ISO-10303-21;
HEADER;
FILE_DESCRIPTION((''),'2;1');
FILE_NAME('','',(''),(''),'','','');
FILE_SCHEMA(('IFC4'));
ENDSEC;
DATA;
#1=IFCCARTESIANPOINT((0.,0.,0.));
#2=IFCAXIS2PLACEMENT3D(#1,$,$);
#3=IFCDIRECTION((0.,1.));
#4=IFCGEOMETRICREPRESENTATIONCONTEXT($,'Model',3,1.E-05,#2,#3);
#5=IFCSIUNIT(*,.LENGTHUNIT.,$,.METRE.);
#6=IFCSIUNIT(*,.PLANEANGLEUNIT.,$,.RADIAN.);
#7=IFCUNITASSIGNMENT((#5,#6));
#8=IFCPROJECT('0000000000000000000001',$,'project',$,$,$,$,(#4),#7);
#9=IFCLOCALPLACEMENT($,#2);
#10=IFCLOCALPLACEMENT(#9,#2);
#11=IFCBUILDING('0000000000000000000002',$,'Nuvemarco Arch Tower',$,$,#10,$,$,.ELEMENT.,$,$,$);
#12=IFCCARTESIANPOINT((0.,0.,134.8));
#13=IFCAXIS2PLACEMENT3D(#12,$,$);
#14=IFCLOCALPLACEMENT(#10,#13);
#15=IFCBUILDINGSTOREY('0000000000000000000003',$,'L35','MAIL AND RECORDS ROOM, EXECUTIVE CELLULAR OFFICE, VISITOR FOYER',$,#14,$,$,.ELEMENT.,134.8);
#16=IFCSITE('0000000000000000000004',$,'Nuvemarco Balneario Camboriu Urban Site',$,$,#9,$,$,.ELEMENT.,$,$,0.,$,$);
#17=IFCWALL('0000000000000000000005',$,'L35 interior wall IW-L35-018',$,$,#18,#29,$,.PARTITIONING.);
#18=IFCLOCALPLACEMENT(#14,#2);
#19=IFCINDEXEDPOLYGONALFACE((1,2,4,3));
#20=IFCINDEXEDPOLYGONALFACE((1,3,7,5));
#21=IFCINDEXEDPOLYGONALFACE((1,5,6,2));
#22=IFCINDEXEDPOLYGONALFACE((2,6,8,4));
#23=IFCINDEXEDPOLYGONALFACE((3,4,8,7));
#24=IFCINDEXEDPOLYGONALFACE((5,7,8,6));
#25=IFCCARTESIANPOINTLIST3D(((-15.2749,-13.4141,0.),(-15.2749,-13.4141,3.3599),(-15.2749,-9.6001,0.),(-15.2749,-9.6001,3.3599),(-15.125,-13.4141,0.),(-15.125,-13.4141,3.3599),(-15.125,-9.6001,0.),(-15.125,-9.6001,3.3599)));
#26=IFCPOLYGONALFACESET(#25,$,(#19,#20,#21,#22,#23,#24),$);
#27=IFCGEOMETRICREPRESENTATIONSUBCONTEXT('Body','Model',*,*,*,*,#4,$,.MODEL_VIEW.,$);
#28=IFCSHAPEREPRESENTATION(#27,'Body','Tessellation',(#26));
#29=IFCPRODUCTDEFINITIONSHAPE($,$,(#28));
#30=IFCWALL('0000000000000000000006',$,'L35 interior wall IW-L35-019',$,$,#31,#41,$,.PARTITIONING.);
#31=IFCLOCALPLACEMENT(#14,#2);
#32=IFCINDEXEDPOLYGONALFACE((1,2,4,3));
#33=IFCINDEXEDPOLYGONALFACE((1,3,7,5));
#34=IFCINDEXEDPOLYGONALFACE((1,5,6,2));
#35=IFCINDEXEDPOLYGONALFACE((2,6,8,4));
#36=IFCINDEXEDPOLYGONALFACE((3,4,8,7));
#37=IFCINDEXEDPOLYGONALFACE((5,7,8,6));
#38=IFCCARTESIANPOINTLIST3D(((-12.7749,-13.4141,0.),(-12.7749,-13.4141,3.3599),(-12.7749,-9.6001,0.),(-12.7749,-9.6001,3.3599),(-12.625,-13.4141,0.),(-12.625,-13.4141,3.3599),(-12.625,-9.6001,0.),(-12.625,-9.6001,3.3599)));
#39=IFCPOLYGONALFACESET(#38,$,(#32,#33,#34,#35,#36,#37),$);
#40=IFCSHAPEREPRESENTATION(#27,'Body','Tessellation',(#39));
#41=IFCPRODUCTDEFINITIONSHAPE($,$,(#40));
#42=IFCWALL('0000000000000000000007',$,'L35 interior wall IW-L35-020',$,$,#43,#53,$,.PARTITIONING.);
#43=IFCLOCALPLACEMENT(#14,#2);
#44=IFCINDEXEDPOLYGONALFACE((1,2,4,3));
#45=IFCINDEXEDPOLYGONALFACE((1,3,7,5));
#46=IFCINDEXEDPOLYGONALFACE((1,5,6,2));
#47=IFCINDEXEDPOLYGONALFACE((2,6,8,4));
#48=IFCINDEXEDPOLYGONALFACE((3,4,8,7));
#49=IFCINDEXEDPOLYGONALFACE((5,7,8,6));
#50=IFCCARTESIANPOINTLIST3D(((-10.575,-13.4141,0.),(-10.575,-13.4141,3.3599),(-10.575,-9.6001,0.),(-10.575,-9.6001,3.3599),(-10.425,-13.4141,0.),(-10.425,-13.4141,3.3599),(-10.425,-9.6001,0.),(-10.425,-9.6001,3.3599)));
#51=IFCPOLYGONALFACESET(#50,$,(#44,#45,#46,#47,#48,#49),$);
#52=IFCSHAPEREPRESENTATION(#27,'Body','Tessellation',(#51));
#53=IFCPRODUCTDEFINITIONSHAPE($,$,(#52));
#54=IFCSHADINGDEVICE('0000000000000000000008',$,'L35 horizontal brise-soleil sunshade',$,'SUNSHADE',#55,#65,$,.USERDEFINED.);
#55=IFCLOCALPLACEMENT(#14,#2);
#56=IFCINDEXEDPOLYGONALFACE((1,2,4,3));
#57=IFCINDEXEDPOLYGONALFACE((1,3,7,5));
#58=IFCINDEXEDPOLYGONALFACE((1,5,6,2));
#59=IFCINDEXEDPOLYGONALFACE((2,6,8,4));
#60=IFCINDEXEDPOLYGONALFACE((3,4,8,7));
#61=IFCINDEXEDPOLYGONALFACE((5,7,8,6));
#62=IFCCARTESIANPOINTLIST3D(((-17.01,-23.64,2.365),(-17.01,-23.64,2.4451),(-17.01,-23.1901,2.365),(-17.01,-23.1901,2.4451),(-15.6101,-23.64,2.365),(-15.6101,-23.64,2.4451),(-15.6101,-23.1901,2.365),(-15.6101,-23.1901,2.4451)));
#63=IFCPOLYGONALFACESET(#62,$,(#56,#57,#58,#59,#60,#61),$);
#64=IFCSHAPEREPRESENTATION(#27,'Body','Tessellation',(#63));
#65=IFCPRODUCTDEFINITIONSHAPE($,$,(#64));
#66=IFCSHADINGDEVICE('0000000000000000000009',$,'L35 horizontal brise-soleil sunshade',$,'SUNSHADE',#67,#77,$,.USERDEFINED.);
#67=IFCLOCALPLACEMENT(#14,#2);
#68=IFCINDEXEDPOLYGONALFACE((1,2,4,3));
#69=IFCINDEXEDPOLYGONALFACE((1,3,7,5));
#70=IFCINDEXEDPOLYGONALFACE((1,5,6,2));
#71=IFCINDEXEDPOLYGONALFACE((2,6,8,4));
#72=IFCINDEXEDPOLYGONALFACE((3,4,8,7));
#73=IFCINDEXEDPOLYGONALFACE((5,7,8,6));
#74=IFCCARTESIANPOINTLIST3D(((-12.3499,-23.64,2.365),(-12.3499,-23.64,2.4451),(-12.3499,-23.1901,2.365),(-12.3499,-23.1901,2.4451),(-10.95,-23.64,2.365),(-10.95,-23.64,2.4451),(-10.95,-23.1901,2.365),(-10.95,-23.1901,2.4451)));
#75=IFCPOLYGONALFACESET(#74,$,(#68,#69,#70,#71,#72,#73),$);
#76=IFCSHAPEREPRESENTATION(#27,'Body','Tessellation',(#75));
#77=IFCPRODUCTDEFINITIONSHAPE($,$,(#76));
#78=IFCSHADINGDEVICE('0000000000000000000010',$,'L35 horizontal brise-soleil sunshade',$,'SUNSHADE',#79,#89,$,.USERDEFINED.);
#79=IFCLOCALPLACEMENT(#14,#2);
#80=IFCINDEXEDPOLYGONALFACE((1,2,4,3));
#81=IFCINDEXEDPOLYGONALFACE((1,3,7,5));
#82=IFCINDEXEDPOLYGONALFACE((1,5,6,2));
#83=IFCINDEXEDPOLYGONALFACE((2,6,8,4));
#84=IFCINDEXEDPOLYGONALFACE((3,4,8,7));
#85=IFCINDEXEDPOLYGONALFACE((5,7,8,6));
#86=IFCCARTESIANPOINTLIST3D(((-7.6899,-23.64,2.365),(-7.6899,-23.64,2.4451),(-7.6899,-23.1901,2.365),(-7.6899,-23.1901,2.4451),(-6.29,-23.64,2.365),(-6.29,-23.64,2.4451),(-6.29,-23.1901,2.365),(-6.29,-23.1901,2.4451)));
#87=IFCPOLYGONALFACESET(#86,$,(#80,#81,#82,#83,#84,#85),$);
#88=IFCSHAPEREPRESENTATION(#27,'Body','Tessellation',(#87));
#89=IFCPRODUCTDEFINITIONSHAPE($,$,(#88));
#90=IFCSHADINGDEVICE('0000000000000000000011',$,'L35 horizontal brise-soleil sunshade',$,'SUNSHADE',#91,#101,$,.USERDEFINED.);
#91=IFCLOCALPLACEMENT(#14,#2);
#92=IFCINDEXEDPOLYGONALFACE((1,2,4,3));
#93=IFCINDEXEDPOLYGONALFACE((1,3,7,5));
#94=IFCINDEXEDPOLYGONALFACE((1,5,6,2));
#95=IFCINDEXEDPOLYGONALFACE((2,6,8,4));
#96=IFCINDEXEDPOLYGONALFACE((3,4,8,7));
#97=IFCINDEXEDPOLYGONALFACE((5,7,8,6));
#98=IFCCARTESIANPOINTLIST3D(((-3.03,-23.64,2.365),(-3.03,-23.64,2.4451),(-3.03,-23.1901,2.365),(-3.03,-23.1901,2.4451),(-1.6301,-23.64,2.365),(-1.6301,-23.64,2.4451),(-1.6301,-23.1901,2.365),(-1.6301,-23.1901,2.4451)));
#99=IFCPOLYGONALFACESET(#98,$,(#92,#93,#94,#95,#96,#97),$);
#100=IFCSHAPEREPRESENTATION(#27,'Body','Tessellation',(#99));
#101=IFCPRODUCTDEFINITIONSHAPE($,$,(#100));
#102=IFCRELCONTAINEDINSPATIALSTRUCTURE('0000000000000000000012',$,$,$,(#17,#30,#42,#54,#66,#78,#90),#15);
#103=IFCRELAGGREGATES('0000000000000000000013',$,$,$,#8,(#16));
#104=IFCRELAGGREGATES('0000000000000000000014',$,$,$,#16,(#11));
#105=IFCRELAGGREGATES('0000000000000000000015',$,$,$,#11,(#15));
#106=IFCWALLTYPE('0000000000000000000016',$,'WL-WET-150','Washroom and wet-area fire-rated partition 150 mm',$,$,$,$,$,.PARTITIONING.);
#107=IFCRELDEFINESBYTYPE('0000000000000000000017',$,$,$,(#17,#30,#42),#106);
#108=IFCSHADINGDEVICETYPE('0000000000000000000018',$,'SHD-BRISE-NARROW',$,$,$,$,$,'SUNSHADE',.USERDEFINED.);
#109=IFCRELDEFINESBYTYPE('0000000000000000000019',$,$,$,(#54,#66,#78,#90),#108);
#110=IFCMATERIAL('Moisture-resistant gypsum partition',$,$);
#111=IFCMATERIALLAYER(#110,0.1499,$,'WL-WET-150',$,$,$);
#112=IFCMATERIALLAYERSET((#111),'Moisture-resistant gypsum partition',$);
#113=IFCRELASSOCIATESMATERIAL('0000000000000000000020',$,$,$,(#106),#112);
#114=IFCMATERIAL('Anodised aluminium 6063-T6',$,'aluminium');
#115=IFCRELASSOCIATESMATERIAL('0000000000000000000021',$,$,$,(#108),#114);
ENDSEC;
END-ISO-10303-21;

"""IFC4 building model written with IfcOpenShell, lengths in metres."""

from ifc_helpers import new_model, si_unit, direction, frame, frame_2d, origin, origin_2d, place, context, subcontext, project, spatial, rectangle, extrude, source, transform, mapped, material, layer, layer_set, type_object, type_shapes, element, save


model = new_model("IFC4")

# Units and contexts
model_context = context("Model", 3, precision=1e-05, world=origin(), true_north=direction((0.0, 1.0)))
body_context = subcontext(model_context, "Body", "Model", "MODEL_VIEW")
ifc_project = project(units=[si_unit("LENGTHUNIT", "METRE"), si_unit("PLANEANGLEUNIT", "RADIAN")], contexts=[model_context])

# Site, building, storey
site_placement = place(None, origin())
site = spatial("IfcSite", under=ifc_project, at=site_placement, Name="Nuvemarco Balneario Camboriu Urban Site", CompositionType="ELEMENT", RefElevation=0.0)
building_placement = place(site_placement, origin())
building = spatial("IfcBuilding", under=site, at=building_placement, Name="Nuvemarco Arch Tower", CompositionType="ELEMENT")
storey_placement = place(building_placement, frame((0.0, 0.0, 134.8)))
storey = spatial("IfcBuildingStorey", under=building, at=storey_placement, Name="L35", Description="MAIL AND RECORDS ROOM, EXECUTIVE CELLULAR OFFICE, VISITOR FOYER", CompositionType="ELEMENT", Elevation=134.8)

# Walls
ifc_material_1 = material(Name="Moisture-resistant gypsum partition")
ifc_layer_1 = layer(ifc_material_1, 0.1499, Name="WL-WET-150")
ifc_layer_set_1 = layer_set([ifc_layer_1], Name="Moisture-resistant gypsum partition")
wall_type_1 = type_object("IfcWallType", Name="WL-WET-150", Description="Washroom and wet-area fire-rated partition 150 mm", PredefinedType="PARTITIONING", material=ifc_layer_set_1)
for number, where, z_axis, x_axis, name in (
    (1, (-15.2, -13.4141, 0.0), (0.0, 0.0, 1.0), (0.0, 1.0, 0.0), "L35 interior wall IW-L35-018"),
    (2, (-12.7, -13.4141, 0.0), (0.0, 0.0, 1.0), (0.0, 1.0, 0.0), "L35 interior wall IW-L35-019"),
    (3, (-10.5, -13.4141, 0.0), (0.0, 0.0, 1.0), (0.0, 1.0, 0.0), "L35 interior wall IW-L35-020"),
):
    element("IfcWall", number, at=place(storey_placement, frame(where, z_axis=z_axis, x_axis=x_axis)), inside=storey, type_object=wall_type_1, Name=name, PredefinedType="PARTITIONING", context=body_context, shape_type="SweptSolid", body=[
        extrude(rectangle(XDim=3.814, YDim=0.1499, at=frame_2d((1.907, 0.0))), origin(), (0.0, 0.0, 1.0), 3.3599),
    ])

# Shading devices
ifc_material_2 = material(Name="Anodised aluminium 6063-T6", Category="aluminium")
shading_device_type = type_object("IfcShadingDeviceType", Name="SHD-BRISE-NARROW", ElementType="SUNSHADE", PredefinedType="USERDEFINED", material=ifc_material_2)
shared_shape_1 = source(origin(), body_context, "Body", "SweptSolid", [
    extrude(rectangle(XDim=1.3999, YDim=0.45, at=origin_2d()), origin(), (0.0, 0.0, 1.0), 0.0801),
])
type_shapes(shading_device_type, [shared_shape_1])
for number, where, z_axis, x_axis, name in (
    (4, (-16.3101, -23.415, 2.365), (0.0, 0.0, 1.0), (1.0, 0.0, 0.0), "L35 horizontal brise-soleil sunshade"),
    (5, (-11.6499, -23.415, 2.365), (0.0, 0.0, 1.0), (1.0, 0.0, 0.0), "L35 horizontal brise-soleil sunshade"),
    (6, (-6.99, -23.415, 2.365), (0.0, 0.0, 1.0), (1.0, 0.0, 0.0), "L35 horizontal brise-soleil sunshade"),
    (7, (-2.3301, -23.415, 2.365), (0.0, 0.0, 1.0), (1.0, 0.0, 0.0), "L35 horizontal brise-soleil sunshade"),
):
    element("IfcShadingDevice", number, at=place(storey_placement, frame(where, z_axis=z_axis, x_axis=x_axis)), inside=storey, type_object=shading_device_type, Name=name, ObjectType="SUNSHADE", PredefinedType="USERDEFINED", context=body_context, shape_type="MappedRepresentation", body=[
        mapped(shared_shape_1, transform((0.0, 0.0, 0.0), scale=1.0)),
    ])

save(model, "model.ifc")
